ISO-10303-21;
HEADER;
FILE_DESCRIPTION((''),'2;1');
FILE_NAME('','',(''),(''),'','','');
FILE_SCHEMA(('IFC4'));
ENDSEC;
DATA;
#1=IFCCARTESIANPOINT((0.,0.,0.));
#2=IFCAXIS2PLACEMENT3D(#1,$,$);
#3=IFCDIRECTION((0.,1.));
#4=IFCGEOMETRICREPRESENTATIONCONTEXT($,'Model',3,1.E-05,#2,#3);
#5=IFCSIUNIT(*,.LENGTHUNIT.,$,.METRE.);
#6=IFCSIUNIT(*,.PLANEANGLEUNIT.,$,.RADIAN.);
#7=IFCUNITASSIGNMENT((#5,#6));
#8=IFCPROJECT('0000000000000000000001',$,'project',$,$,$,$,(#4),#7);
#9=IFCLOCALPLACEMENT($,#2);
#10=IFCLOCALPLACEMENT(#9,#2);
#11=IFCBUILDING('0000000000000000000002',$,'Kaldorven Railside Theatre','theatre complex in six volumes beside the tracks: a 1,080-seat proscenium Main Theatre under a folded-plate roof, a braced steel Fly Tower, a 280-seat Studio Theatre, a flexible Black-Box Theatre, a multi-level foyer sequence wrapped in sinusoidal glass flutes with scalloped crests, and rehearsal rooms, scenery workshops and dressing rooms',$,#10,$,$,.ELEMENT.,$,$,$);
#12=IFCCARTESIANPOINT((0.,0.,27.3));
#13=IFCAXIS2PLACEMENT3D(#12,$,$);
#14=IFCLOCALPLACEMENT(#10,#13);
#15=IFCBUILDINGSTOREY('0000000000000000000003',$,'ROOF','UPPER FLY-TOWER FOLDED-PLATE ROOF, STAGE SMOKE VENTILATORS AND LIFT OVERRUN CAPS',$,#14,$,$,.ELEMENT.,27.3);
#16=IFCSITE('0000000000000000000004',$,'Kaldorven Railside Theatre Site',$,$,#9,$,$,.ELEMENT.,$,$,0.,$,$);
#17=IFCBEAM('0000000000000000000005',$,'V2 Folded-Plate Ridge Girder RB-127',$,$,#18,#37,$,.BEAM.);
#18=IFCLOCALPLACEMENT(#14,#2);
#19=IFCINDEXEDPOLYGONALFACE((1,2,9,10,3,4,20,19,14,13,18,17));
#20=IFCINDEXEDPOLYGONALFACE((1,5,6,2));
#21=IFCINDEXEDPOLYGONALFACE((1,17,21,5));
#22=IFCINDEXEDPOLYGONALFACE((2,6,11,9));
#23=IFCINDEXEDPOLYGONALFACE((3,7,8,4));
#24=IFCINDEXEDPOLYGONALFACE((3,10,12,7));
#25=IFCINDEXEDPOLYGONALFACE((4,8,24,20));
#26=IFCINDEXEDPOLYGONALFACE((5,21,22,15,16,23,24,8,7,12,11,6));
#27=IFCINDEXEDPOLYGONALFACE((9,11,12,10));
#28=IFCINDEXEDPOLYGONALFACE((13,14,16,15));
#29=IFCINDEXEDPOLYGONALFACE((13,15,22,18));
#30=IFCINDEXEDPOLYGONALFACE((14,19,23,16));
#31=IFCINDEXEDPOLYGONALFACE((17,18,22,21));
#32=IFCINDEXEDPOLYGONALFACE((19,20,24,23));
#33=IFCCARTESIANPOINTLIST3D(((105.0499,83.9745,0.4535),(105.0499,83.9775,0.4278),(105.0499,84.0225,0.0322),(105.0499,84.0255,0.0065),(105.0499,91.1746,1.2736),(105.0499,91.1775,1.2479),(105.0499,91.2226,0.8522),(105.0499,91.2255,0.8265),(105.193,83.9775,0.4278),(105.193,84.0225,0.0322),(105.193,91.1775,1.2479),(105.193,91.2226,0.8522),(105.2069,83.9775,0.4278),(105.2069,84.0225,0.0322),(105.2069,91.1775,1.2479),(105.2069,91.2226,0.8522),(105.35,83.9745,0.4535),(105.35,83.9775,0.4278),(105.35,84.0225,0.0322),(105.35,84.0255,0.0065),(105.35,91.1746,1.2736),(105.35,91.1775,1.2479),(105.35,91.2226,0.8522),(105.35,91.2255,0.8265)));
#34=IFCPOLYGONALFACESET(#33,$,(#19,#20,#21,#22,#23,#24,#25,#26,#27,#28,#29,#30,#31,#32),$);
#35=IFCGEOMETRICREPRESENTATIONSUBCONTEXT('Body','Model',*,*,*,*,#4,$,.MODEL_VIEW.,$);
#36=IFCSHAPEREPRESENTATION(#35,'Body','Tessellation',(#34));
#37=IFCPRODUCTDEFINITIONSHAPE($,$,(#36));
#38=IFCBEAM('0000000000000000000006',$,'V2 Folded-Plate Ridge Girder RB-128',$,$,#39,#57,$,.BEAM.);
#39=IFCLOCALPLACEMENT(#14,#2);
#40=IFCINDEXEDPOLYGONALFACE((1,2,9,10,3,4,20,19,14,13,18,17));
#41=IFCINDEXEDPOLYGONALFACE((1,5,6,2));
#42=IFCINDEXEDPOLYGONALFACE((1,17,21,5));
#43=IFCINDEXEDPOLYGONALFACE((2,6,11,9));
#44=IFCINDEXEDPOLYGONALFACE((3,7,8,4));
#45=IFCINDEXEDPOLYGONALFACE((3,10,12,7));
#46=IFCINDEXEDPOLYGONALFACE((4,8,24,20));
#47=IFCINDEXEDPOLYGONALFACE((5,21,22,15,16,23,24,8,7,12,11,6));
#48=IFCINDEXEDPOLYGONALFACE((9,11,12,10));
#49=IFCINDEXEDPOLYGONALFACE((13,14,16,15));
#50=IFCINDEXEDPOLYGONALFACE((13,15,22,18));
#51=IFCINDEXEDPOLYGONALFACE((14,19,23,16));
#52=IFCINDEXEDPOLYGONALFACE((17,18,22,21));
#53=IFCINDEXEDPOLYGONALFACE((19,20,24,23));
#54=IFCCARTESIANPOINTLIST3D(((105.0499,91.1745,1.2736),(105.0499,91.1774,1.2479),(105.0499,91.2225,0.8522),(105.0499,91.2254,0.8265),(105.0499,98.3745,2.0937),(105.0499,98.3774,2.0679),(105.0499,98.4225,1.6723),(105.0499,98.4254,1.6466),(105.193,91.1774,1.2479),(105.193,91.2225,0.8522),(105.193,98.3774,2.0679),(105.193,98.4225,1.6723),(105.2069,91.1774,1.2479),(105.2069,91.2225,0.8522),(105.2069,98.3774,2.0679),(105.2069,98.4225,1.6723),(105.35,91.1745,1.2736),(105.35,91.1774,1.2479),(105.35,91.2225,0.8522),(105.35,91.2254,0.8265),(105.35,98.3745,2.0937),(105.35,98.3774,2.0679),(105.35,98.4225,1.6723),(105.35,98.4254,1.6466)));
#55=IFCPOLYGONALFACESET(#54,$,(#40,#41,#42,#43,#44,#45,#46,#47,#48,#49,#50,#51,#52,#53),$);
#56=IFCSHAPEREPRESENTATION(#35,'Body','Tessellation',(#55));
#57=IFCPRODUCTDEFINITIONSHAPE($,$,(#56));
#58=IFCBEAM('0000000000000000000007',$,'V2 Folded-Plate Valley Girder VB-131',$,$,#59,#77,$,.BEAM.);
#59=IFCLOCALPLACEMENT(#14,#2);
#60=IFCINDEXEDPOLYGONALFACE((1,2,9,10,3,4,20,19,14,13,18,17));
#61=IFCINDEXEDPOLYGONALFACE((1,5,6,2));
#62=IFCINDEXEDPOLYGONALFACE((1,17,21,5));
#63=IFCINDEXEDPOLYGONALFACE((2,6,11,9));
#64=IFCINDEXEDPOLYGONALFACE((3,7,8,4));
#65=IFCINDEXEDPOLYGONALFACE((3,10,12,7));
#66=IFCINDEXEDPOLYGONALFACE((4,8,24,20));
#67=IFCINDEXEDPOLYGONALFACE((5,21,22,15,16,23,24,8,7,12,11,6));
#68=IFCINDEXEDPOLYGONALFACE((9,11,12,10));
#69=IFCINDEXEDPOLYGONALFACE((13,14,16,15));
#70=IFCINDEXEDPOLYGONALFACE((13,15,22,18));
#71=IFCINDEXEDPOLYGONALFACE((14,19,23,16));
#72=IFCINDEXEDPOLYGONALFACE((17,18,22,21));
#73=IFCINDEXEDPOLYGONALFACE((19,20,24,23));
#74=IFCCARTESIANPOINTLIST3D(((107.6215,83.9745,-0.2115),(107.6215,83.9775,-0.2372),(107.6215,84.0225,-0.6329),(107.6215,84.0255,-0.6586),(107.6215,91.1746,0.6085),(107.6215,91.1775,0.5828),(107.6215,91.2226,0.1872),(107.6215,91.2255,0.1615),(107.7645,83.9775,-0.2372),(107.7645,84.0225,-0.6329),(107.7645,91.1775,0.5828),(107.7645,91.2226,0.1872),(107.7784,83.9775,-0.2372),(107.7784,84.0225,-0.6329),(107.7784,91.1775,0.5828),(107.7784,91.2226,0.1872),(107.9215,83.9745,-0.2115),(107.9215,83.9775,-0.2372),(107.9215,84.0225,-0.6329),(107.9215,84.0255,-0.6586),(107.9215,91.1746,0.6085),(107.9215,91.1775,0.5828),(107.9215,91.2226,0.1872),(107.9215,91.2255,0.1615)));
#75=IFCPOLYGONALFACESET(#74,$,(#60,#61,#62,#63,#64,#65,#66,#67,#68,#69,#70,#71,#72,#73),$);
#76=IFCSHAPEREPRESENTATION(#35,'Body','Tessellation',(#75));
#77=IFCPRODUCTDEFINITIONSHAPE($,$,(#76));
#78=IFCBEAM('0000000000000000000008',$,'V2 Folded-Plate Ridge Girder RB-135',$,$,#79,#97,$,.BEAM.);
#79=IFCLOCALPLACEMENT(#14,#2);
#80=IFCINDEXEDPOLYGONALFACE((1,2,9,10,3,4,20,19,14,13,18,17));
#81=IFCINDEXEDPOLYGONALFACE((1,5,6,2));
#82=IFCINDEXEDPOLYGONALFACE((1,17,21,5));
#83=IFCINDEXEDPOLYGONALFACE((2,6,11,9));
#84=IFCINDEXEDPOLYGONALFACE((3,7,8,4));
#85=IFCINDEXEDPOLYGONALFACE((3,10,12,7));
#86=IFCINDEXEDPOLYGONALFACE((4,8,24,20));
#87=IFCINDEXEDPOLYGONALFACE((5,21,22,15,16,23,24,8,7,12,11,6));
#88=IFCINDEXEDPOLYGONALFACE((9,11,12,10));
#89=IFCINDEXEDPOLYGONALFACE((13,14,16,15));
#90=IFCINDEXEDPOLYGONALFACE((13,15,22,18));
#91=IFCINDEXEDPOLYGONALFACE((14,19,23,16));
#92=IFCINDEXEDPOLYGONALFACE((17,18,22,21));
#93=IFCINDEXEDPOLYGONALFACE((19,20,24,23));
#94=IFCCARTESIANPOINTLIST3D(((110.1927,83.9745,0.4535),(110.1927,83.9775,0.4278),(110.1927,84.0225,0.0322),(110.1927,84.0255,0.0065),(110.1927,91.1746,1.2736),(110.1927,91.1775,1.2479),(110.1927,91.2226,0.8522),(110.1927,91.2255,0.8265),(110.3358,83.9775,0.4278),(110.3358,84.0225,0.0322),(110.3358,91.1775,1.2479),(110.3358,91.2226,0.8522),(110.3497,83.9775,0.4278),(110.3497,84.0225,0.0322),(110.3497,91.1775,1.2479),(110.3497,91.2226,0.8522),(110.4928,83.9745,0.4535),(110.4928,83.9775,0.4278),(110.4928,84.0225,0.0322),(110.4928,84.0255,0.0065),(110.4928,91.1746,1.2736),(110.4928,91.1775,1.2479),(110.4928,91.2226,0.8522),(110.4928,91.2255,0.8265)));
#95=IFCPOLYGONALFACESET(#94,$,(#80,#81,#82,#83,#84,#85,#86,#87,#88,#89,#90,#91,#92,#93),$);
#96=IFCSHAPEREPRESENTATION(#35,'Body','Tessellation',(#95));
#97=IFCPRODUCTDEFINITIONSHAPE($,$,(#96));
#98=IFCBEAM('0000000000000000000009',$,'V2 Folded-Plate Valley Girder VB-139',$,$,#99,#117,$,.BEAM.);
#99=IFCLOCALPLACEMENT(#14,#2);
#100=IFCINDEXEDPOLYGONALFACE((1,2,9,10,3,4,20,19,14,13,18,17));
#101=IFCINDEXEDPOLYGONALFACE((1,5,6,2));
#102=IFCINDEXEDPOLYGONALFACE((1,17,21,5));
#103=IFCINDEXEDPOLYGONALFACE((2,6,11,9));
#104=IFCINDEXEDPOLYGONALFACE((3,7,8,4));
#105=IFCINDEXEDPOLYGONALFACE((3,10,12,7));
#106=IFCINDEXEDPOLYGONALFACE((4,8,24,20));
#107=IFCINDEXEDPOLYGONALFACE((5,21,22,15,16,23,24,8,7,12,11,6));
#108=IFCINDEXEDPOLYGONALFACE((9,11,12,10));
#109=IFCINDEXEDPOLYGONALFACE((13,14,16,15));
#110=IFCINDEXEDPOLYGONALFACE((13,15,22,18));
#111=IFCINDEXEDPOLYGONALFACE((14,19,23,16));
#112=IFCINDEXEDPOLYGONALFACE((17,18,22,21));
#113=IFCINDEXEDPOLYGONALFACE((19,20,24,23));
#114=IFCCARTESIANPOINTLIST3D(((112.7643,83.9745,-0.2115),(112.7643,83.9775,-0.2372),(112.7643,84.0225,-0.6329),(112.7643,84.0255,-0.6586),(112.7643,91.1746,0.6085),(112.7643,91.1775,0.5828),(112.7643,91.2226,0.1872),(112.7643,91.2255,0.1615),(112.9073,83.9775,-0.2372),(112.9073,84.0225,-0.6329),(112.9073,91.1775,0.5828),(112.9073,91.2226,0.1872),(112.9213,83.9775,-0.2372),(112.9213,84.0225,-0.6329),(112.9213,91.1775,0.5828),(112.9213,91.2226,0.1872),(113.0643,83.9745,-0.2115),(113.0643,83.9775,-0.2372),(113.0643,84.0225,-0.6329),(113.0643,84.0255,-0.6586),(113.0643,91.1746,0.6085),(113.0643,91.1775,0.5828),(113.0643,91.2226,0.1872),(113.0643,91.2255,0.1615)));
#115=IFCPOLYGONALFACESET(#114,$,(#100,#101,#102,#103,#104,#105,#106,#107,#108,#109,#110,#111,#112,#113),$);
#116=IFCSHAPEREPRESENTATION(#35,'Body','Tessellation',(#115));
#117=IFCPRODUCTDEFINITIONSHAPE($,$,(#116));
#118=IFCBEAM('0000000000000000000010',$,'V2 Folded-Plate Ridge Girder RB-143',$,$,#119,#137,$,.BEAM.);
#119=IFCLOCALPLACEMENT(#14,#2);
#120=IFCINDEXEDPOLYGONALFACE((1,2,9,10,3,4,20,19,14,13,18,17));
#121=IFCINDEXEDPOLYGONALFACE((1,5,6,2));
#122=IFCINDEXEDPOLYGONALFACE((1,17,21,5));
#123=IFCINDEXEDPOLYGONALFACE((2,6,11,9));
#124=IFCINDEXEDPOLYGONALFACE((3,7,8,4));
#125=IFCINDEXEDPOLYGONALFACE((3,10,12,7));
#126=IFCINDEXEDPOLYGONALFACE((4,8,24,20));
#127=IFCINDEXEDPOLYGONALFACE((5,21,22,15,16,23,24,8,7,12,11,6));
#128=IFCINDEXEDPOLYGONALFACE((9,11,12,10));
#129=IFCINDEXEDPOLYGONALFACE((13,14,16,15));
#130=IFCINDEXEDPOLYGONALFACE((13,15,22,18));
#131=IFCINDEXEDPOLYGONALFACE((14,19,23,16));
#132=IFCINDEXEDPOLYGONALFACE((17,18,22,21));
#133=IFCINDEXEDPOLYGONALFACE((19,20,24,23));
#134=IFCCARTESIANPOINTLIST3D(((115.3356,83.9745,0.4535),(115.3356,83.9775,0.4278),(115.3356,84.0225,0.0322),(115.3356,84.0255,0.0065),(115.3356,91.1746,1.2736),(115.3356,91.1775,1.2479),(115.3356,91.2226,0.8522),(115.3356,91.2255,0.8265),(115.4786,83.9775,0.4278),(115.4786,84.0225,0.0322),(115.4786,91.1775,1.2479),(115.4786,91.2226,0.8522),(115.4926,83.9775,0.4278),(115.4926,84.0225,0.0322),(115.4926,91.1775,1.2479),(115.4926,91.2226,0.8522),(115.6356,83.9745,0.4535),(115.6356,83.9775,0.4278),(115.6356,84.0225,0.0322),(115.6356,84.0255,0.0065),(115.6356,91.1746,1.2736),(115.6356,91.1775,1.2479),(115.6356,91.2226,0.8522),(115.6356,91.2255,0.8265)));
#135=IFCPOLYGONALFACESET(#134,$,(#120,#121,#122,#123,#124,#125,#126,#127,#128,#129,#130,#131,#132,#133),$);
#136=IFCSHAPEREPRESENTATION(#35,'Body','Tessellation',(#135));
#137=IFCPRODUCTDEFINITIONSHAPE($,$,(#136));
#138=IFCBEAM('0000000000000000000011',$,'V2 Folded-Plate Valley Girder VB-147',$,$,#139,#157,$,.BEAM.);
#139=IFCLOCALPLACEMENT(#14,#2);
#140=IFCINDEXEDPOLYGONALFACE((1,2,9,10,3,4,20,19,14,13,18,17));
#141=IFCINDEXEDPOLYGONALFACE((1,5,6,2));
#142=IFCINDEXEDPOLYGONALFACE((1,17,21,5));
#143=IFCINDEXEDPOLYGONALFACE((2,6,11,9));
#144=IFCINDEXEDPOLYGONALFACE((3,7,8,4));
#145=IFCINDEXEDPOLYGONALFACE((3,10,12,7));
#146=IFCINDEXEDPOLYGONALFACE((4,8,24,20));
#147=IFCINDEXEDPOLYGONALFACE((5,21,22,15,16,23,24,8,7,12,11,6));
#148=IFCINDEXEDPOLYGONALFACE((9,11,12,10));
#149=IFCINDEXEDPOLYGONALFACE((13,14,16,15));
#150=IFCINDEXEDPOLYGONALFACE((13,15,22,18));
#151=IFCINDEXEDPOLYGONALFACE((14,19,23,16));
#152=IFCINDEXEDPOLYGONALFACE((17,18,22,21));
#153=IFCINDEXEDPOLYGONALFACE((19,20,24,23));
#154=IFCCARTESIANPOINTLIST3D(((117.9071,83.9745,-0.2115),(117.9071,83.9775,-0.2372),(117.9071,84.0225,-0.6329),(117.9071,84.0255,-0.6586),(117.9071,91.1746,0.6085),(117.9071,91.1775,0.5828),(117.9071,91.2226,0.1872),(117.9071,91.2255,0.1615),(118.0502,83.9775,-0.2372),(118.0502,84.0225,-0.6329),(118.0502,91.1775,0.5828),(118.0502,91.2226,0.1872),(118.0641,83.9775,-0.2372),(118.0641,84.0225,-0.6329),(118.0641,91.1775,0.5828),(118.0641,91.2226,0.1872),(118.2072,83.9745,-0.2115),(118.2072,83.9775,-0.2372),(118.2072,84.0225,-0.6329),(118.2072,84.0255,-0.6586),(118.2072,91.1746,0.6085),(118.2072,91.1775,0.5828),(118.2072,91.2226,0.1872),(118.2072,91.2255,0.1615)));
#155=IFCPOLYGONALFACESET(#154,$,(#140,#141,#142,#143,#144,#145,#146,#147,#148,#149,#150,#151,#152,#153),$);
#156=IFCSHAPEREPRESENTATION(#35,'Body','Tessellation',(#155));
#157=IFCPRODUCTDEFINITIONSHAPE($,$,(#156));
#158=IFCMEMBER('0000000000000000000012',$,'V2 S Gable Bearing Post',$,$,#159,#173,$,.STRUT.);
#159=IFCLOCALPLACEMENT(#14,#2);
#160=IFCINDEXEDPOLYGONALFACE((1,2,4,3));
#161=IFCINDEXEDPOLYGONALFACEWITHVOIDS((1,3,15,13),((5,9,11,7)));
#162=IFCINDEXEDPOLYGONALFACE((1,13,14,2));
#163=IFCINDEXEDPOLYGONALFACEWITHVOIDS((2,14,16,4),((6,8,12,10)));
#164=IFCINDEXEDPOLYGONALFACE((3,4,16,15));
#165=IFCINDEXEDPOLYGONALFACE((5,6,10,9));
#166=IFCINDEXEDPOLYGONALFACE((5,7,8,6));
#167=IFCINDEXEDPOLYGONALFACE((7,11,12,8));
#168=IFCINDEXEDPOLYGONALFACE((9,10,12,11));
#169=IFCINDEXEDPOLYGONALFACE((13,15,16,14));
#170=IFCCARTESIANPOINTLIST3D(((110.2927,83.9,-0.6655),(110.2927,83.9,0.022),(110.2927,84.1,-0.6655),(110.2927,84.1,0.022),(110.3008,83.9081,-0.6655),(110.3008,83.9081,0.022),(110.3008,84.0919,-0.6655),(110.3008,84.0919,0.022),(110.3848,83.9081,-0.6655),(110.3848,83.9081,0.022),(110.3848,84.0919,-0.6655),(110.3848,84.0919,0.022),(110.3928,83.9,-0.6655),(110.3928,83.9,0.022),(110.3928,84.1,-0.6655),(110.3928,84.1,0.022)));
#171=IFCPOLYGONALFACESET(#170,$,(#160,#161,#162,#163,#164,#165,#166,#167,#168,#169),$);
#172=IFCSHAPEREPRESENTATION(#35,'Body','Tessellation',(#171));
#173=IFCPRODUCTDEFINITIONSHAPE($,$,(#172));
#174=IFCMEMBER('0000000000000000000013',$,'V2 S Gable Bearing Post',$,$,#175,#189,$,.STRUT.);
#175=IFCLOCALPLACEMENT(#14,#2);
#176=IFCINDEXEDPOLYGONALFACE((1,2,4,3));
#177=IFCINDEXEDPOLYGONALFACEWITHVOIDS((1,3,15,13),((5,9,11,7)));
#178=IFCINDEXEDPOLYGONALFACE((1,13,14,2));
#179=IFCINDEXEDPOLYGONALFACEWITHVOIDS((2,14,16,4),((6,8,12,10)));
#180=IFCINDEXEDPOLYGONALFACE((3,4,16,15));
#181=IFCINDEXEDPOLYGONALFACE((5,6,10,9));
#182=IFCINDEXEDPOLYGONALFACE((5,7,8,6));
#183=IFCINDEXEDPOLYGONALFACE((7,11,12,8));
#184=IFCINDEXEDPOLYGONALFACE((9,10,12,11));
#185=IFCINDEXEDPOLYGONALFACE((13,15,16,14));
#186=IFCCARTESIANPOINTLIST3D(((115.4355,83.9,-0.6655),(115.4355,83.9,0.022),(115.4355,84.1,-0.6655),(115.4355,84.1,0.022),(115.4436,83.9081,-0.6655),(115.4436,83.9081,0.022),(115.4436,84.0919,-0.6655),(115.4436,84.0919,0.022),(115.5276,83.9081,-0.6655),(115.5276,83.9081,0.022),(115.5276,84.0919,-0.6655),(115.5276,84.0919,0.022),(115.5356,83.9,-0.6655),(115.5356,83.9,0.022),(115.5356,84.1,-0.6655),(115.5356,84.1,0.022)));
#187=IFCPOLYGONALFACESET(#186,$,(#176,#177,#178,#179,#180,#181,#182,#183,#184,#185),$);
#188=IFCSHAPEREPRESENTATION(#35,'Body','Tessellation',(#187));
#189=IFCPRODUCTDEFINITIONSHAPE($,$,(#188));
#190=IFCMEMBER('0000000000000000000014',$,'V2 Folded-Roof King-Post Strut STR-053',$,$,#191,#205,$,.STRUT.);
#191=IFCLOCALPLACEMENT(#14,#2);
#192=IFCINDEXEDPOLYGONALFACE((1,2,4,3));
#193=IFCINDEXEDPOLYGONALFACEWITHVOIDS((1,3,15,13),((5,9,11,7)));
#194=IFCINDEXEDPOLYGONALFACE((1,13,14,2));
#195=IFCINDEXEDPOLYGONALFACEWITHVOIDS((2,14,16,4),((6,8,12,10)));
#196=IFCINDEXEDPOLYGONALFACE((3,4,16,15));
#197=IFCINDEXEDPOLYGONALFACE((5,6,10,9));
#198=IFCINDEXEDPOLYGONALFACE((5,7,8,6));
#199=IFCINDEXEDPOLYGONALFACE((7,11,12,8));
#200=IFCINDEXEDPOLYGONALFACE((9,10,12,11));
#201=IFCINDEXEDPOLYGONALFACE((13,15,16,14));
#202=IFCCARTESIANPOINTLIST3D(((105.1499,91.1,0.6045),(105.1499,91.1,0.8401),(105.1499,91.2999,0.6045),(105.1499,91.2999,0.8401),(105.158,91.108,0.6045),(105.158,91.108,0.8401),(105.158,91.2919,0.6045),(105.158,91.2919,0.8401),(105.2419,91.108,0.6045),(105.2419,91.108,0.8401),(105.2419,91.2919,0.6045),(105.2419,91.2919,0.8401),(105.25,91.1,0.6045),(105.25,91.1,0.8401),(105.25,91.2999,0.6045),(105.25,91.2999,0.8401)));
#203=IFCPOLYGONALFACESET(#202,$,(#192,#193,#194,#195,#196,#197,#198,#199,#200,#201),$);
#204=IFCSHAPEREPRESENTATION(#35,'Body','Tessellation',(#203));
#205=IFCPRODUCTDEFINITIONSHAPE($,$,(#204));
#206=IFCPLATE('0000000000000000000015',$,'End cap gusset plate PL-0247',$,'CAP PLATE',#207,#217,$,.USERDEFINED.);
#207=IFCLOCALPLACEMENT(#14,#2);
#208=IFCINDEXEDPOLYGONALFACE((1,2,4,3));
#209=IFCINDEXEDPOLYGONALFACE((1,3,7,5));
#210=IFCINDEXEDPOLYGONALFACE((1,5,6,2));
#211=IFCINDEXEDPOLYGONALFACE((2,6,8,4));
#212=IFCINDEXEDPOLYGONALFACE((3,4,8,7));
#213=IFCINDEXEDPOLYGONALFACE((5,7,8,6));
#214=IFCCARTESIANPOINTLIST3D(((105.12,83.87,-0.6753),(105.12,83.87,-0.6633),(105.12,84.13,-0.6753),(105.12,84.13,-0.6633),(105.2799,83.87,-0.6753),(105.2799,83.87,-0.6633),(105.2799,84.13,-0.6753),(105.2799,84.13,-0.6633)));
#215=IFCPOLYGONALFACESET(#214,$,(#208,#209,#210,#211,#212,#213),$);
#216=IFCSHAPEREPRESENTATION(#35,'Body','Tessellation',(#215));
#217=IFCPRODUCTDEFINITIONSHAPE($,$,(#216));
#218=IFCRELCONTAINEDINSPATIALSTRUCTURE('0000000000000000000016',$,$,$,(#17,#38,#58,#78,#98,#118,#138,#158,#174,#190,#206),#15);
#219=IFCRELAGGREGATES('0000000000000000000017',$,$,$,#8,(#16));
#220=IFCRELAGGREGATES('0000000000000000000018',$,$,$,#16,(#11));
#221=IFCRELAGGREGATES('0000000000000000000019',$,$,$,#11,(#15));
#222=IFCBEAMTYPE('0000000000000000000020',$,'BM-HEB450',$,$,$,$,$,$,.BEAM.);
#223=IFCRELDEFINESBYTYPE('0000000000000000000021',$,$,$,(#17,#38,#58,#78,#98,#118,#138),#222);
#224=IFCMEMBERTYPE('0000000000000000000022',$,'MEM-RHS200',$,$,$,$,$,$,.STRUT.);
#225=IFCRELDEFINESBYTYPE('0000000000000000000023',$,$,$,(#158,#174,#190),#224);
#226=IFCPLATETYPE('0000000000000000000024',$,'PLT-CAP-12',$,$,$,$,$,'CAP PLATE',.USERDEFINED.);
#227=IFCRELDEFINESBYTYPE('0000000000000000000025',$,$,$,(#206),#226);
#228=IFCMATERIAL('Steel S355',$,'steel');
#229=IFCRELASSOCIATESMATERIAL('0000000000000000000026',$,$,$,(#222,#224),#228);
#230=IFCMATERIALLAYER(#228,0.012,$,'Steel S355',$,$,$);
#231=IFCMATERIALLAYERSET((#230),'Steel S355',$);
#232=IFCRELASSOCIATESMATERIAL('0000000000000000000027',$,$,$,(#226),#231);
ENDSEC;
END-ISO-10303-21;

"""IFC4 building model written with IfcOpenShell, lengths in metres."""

from ifc_helpers import new_model, si_unit, direction, frame, origin, origin_2d, place, context, subcontext, project, spatial, rectangle, hollow_rectangle, i_section, extrude, material, layer, layer_set, material_profile, profile_set, type_object, element, save


model = new_model("IFC4")

# Units and contexts
model_context = context("Model", 3, precision=1e-05, world=origin(), true_north=direction((0.0, 1.0)))
body_context = subcontext(model_context, "Body", "Model", "MODEL_VIEW")
ifc_project = project(units=[si_unit("LENGTHUNIT", "METRE"), si_unit("PLANEANGLEUNIT", "RADIAN")], contexts=[model_context])

# Site, building, storey
site_placement = place(None, origin())
site = spatial("IfcSite", under=ifc_project, at=site_placement, Name="Kaldorven Railside Theatre Site", CompositionType="ELEMENT", RefElevation=0.0)
building_placement = place(site_placement, origin())
building = spatial("IfcBuilding", under=site, at=building_placement, Name="Kaldorven Railside Theatre", Description="theatre complex in six volumes beside the tracks: a 1,080-seat proscenium Main Theatre under a folded-plate roof, a braced steel Fly Tower, a 280-seat Studio Theatre, a flexible Black-Box Theatre, a multi-level foyer sequence wrapped in sinusoidal glass flutes with scalloped crests, and rehearsal rooms, scenery workshops and dressing rooms", CompositionType="ELEMENT")
storey_placement = place(building_placement, frame((0.0, 0.0, 27.3)))
storey = spatial("IfcBuildingStorey", under=building, at=storey_placement, Name="ROOF", Description="UPPER FLY-TOWER FOLDED-PLATE ROOF, STAGE SMOKE VENTILATORS AND LIFT OVERRUN CAPS", CompositionType="ELEMENT", Elevation=27.3)

# Beams
ifc_material_1 = material(Name="Steel S355", Category="steel")
ifc_material_profile_1 = material_profile(ifc_material_1, i_section(OverallWidth=0.3, OverallDepth=0.45, WebThickness=0.0139, FlangeThickness=0.0259, at=origin_2d()), Name="HEB 450")
ifc_profile_set_1 = profile_set([ifc_material_profile_1], Name="Steel S355")
beam_type = type_object("IfcBeamType", Name="BM-HEB450", PredefinedType="BEAM", material=ifc_profile_set_1)
for number, where, z_axis, x_axis, name in (
    (1, (105.2, 84.0, 0.23), (0.0, 0.993576, 0.113167), (-1.0, 0.0, 0.0), "V2 Folded-Plate Ridge Girder RB-127"),
    (2, (105.2, 91.2, 1.05), (0.0, 0.993576, 0.113167), (-1.0, 0.0, 0.0), "V2 Folded-Plate Ridge Girder RB-128"),
    (3, (107.7715, 84.0, -0.4351), (0.0, 0.993576, 0.113167), (-1.0, 0.0, 0.0), "V2 Folded-Plate Valley Girder VB-131"),
    (4, (110.3428, 84.0, 0.23), (0.0, 0.993576, 0.113167), (-1.0, 0.0, 0.0), "V2 Folded-Plate Ridge Girder RB-135"),
    (5, (112.9143, 84.0, -0.4351), (0.0, 0.993576, 0.113167), (-1.0, 0.0, 0.0), "V2 Folded-Plate Valley Girder VB-139"),
    (6, (115.4856, 84.0, 0.23), (0.0, 0.993576, 0.113167), (-1.0, 0.0, 0.0), "V2 Folded-Plate Ridge Girder RB-143"),
    (7, (118.0571, 84.0, -0.4351), (0.0, 0.993576, 0.113167), (-1.0, 0.0, 0.0), "V2 Folded-Plate Valley Girder VB-147"),
):
    element("IfcBeam", number, at=place(storey_placement, frame(where, z_axis=z_axis, x_axis=x_axis)), inside=storey, type_object=beam_type, Name=name, PredefinedType="BEAM", context=body_context, shape_type="SweptSolid", body=[
        extrude(i_section(OverallWidth=0.3, OverallDepth=0.45, WebThickness=0.0139, FlangeThickness=0.0259, at=origin_2d()), origin(), (0.0, 0.0, 1.0), 7.2466),
    ])

# Members
ifc_material_profile_2 = material_profile(ifc_material_1, hollow_rectangle(XDim=0.1001, YDim=0.2, WallThickness=0.0081, at=origin_2d()), Name="RHS 200x100x8")
ifc_profile_set_2 = profile_set([ifc_material_profile_2], Name="Steel S355")
member_type = type_object("IfcMemberType", Name="MEM-RHS200", PredefinedType="STRUT", material=ifc_profile_set_2)
for number, where, z_axis, x_axis, name in (
    (8, (110.3428, 84.0, -0.6655), (0.0, 0.0, 1.0), (1.0, 0.0, 0.0), "V2 S Gable Bearing Post"),
    (9, (115.4856, 84.0, -0.6655), (0.0, 0.0, 1.0), (1.0, 0.0, 0.0), "V2 S Gable Bearing Post"),
):
    element("IfcMember", number, at=place(storey_placement, frame(where, z_axis=z_axis, x_axis=x_axis)), inside=storey, type_object=member_type, Name=name, PredefinedType="STRUT", context=body_context, shape_type="SweptSolid", body=[
        extrude(hollow_rectangle(XDim=0.1001, YDim=0.2, WallThickness=0.0081, at=origin_2d()), origin(), (0.0, 0.0, 1.0), 0.6875),
    ])
member_placement = place(storey_placement, frame((105.2, 91.2, 0.6045), z_axis=(0.0, 0.0, 1.0), x_axis=(1.0, 0.0, 0.0)))
element("IfcMember", 10, at=member_placement, inside=storey, type_object=member_type, Name="V2 Folded-Roof King-Post Strut STR-053", PredefinedType="STRUT", context=body_context, shape_type="SweptSolid", body=[
    extrude(hollow_rectangle(XDim=0.1001, YDim=0.2, WallThickness=0.0081, at=origin_2d()), origin(), (0.0, 0.0, 1.0), 0.2356),
])

# Plate
ifc_layer_1 = layer(ifc_material_1, 0.012, Name="Steel S355")
ifc_layer_set_1 = layer_set([ifc_layer_1], Name="Steel S355")
plate_type = type_object("IfcPlateType", Name="PLT-CAP-12", ElementType="CAP PLATE", PredefinedType="USERDEFINED", material=ifc_layer_set_1)
for number, where, z_axis, x_axis, name in (
    (11, (105.2, 84.0, -0.6753), (0.0, 0.0, 1.0), (1.0, 0.0, 0.0), "End cap gusset plate PL-0247"),
):
    element("IfcPlate", number, at=place(storey_placement, frame(where, z_axis=z_axis, x_axis=x_axis)), inside=storey, type_object=plate_type, Name=name, ObjectType="CAP PLATE", PredefinedType="USERDEFINED", context=body_context, shape_type="SweptSolid", body=[
        extrude(rectangle(XDim=0.1599, YDim=0.26, at=origin_2d()), origin(), (0.0, 0.0, 1.0), 0.012),
    ])

save(model, "model.ifc")
